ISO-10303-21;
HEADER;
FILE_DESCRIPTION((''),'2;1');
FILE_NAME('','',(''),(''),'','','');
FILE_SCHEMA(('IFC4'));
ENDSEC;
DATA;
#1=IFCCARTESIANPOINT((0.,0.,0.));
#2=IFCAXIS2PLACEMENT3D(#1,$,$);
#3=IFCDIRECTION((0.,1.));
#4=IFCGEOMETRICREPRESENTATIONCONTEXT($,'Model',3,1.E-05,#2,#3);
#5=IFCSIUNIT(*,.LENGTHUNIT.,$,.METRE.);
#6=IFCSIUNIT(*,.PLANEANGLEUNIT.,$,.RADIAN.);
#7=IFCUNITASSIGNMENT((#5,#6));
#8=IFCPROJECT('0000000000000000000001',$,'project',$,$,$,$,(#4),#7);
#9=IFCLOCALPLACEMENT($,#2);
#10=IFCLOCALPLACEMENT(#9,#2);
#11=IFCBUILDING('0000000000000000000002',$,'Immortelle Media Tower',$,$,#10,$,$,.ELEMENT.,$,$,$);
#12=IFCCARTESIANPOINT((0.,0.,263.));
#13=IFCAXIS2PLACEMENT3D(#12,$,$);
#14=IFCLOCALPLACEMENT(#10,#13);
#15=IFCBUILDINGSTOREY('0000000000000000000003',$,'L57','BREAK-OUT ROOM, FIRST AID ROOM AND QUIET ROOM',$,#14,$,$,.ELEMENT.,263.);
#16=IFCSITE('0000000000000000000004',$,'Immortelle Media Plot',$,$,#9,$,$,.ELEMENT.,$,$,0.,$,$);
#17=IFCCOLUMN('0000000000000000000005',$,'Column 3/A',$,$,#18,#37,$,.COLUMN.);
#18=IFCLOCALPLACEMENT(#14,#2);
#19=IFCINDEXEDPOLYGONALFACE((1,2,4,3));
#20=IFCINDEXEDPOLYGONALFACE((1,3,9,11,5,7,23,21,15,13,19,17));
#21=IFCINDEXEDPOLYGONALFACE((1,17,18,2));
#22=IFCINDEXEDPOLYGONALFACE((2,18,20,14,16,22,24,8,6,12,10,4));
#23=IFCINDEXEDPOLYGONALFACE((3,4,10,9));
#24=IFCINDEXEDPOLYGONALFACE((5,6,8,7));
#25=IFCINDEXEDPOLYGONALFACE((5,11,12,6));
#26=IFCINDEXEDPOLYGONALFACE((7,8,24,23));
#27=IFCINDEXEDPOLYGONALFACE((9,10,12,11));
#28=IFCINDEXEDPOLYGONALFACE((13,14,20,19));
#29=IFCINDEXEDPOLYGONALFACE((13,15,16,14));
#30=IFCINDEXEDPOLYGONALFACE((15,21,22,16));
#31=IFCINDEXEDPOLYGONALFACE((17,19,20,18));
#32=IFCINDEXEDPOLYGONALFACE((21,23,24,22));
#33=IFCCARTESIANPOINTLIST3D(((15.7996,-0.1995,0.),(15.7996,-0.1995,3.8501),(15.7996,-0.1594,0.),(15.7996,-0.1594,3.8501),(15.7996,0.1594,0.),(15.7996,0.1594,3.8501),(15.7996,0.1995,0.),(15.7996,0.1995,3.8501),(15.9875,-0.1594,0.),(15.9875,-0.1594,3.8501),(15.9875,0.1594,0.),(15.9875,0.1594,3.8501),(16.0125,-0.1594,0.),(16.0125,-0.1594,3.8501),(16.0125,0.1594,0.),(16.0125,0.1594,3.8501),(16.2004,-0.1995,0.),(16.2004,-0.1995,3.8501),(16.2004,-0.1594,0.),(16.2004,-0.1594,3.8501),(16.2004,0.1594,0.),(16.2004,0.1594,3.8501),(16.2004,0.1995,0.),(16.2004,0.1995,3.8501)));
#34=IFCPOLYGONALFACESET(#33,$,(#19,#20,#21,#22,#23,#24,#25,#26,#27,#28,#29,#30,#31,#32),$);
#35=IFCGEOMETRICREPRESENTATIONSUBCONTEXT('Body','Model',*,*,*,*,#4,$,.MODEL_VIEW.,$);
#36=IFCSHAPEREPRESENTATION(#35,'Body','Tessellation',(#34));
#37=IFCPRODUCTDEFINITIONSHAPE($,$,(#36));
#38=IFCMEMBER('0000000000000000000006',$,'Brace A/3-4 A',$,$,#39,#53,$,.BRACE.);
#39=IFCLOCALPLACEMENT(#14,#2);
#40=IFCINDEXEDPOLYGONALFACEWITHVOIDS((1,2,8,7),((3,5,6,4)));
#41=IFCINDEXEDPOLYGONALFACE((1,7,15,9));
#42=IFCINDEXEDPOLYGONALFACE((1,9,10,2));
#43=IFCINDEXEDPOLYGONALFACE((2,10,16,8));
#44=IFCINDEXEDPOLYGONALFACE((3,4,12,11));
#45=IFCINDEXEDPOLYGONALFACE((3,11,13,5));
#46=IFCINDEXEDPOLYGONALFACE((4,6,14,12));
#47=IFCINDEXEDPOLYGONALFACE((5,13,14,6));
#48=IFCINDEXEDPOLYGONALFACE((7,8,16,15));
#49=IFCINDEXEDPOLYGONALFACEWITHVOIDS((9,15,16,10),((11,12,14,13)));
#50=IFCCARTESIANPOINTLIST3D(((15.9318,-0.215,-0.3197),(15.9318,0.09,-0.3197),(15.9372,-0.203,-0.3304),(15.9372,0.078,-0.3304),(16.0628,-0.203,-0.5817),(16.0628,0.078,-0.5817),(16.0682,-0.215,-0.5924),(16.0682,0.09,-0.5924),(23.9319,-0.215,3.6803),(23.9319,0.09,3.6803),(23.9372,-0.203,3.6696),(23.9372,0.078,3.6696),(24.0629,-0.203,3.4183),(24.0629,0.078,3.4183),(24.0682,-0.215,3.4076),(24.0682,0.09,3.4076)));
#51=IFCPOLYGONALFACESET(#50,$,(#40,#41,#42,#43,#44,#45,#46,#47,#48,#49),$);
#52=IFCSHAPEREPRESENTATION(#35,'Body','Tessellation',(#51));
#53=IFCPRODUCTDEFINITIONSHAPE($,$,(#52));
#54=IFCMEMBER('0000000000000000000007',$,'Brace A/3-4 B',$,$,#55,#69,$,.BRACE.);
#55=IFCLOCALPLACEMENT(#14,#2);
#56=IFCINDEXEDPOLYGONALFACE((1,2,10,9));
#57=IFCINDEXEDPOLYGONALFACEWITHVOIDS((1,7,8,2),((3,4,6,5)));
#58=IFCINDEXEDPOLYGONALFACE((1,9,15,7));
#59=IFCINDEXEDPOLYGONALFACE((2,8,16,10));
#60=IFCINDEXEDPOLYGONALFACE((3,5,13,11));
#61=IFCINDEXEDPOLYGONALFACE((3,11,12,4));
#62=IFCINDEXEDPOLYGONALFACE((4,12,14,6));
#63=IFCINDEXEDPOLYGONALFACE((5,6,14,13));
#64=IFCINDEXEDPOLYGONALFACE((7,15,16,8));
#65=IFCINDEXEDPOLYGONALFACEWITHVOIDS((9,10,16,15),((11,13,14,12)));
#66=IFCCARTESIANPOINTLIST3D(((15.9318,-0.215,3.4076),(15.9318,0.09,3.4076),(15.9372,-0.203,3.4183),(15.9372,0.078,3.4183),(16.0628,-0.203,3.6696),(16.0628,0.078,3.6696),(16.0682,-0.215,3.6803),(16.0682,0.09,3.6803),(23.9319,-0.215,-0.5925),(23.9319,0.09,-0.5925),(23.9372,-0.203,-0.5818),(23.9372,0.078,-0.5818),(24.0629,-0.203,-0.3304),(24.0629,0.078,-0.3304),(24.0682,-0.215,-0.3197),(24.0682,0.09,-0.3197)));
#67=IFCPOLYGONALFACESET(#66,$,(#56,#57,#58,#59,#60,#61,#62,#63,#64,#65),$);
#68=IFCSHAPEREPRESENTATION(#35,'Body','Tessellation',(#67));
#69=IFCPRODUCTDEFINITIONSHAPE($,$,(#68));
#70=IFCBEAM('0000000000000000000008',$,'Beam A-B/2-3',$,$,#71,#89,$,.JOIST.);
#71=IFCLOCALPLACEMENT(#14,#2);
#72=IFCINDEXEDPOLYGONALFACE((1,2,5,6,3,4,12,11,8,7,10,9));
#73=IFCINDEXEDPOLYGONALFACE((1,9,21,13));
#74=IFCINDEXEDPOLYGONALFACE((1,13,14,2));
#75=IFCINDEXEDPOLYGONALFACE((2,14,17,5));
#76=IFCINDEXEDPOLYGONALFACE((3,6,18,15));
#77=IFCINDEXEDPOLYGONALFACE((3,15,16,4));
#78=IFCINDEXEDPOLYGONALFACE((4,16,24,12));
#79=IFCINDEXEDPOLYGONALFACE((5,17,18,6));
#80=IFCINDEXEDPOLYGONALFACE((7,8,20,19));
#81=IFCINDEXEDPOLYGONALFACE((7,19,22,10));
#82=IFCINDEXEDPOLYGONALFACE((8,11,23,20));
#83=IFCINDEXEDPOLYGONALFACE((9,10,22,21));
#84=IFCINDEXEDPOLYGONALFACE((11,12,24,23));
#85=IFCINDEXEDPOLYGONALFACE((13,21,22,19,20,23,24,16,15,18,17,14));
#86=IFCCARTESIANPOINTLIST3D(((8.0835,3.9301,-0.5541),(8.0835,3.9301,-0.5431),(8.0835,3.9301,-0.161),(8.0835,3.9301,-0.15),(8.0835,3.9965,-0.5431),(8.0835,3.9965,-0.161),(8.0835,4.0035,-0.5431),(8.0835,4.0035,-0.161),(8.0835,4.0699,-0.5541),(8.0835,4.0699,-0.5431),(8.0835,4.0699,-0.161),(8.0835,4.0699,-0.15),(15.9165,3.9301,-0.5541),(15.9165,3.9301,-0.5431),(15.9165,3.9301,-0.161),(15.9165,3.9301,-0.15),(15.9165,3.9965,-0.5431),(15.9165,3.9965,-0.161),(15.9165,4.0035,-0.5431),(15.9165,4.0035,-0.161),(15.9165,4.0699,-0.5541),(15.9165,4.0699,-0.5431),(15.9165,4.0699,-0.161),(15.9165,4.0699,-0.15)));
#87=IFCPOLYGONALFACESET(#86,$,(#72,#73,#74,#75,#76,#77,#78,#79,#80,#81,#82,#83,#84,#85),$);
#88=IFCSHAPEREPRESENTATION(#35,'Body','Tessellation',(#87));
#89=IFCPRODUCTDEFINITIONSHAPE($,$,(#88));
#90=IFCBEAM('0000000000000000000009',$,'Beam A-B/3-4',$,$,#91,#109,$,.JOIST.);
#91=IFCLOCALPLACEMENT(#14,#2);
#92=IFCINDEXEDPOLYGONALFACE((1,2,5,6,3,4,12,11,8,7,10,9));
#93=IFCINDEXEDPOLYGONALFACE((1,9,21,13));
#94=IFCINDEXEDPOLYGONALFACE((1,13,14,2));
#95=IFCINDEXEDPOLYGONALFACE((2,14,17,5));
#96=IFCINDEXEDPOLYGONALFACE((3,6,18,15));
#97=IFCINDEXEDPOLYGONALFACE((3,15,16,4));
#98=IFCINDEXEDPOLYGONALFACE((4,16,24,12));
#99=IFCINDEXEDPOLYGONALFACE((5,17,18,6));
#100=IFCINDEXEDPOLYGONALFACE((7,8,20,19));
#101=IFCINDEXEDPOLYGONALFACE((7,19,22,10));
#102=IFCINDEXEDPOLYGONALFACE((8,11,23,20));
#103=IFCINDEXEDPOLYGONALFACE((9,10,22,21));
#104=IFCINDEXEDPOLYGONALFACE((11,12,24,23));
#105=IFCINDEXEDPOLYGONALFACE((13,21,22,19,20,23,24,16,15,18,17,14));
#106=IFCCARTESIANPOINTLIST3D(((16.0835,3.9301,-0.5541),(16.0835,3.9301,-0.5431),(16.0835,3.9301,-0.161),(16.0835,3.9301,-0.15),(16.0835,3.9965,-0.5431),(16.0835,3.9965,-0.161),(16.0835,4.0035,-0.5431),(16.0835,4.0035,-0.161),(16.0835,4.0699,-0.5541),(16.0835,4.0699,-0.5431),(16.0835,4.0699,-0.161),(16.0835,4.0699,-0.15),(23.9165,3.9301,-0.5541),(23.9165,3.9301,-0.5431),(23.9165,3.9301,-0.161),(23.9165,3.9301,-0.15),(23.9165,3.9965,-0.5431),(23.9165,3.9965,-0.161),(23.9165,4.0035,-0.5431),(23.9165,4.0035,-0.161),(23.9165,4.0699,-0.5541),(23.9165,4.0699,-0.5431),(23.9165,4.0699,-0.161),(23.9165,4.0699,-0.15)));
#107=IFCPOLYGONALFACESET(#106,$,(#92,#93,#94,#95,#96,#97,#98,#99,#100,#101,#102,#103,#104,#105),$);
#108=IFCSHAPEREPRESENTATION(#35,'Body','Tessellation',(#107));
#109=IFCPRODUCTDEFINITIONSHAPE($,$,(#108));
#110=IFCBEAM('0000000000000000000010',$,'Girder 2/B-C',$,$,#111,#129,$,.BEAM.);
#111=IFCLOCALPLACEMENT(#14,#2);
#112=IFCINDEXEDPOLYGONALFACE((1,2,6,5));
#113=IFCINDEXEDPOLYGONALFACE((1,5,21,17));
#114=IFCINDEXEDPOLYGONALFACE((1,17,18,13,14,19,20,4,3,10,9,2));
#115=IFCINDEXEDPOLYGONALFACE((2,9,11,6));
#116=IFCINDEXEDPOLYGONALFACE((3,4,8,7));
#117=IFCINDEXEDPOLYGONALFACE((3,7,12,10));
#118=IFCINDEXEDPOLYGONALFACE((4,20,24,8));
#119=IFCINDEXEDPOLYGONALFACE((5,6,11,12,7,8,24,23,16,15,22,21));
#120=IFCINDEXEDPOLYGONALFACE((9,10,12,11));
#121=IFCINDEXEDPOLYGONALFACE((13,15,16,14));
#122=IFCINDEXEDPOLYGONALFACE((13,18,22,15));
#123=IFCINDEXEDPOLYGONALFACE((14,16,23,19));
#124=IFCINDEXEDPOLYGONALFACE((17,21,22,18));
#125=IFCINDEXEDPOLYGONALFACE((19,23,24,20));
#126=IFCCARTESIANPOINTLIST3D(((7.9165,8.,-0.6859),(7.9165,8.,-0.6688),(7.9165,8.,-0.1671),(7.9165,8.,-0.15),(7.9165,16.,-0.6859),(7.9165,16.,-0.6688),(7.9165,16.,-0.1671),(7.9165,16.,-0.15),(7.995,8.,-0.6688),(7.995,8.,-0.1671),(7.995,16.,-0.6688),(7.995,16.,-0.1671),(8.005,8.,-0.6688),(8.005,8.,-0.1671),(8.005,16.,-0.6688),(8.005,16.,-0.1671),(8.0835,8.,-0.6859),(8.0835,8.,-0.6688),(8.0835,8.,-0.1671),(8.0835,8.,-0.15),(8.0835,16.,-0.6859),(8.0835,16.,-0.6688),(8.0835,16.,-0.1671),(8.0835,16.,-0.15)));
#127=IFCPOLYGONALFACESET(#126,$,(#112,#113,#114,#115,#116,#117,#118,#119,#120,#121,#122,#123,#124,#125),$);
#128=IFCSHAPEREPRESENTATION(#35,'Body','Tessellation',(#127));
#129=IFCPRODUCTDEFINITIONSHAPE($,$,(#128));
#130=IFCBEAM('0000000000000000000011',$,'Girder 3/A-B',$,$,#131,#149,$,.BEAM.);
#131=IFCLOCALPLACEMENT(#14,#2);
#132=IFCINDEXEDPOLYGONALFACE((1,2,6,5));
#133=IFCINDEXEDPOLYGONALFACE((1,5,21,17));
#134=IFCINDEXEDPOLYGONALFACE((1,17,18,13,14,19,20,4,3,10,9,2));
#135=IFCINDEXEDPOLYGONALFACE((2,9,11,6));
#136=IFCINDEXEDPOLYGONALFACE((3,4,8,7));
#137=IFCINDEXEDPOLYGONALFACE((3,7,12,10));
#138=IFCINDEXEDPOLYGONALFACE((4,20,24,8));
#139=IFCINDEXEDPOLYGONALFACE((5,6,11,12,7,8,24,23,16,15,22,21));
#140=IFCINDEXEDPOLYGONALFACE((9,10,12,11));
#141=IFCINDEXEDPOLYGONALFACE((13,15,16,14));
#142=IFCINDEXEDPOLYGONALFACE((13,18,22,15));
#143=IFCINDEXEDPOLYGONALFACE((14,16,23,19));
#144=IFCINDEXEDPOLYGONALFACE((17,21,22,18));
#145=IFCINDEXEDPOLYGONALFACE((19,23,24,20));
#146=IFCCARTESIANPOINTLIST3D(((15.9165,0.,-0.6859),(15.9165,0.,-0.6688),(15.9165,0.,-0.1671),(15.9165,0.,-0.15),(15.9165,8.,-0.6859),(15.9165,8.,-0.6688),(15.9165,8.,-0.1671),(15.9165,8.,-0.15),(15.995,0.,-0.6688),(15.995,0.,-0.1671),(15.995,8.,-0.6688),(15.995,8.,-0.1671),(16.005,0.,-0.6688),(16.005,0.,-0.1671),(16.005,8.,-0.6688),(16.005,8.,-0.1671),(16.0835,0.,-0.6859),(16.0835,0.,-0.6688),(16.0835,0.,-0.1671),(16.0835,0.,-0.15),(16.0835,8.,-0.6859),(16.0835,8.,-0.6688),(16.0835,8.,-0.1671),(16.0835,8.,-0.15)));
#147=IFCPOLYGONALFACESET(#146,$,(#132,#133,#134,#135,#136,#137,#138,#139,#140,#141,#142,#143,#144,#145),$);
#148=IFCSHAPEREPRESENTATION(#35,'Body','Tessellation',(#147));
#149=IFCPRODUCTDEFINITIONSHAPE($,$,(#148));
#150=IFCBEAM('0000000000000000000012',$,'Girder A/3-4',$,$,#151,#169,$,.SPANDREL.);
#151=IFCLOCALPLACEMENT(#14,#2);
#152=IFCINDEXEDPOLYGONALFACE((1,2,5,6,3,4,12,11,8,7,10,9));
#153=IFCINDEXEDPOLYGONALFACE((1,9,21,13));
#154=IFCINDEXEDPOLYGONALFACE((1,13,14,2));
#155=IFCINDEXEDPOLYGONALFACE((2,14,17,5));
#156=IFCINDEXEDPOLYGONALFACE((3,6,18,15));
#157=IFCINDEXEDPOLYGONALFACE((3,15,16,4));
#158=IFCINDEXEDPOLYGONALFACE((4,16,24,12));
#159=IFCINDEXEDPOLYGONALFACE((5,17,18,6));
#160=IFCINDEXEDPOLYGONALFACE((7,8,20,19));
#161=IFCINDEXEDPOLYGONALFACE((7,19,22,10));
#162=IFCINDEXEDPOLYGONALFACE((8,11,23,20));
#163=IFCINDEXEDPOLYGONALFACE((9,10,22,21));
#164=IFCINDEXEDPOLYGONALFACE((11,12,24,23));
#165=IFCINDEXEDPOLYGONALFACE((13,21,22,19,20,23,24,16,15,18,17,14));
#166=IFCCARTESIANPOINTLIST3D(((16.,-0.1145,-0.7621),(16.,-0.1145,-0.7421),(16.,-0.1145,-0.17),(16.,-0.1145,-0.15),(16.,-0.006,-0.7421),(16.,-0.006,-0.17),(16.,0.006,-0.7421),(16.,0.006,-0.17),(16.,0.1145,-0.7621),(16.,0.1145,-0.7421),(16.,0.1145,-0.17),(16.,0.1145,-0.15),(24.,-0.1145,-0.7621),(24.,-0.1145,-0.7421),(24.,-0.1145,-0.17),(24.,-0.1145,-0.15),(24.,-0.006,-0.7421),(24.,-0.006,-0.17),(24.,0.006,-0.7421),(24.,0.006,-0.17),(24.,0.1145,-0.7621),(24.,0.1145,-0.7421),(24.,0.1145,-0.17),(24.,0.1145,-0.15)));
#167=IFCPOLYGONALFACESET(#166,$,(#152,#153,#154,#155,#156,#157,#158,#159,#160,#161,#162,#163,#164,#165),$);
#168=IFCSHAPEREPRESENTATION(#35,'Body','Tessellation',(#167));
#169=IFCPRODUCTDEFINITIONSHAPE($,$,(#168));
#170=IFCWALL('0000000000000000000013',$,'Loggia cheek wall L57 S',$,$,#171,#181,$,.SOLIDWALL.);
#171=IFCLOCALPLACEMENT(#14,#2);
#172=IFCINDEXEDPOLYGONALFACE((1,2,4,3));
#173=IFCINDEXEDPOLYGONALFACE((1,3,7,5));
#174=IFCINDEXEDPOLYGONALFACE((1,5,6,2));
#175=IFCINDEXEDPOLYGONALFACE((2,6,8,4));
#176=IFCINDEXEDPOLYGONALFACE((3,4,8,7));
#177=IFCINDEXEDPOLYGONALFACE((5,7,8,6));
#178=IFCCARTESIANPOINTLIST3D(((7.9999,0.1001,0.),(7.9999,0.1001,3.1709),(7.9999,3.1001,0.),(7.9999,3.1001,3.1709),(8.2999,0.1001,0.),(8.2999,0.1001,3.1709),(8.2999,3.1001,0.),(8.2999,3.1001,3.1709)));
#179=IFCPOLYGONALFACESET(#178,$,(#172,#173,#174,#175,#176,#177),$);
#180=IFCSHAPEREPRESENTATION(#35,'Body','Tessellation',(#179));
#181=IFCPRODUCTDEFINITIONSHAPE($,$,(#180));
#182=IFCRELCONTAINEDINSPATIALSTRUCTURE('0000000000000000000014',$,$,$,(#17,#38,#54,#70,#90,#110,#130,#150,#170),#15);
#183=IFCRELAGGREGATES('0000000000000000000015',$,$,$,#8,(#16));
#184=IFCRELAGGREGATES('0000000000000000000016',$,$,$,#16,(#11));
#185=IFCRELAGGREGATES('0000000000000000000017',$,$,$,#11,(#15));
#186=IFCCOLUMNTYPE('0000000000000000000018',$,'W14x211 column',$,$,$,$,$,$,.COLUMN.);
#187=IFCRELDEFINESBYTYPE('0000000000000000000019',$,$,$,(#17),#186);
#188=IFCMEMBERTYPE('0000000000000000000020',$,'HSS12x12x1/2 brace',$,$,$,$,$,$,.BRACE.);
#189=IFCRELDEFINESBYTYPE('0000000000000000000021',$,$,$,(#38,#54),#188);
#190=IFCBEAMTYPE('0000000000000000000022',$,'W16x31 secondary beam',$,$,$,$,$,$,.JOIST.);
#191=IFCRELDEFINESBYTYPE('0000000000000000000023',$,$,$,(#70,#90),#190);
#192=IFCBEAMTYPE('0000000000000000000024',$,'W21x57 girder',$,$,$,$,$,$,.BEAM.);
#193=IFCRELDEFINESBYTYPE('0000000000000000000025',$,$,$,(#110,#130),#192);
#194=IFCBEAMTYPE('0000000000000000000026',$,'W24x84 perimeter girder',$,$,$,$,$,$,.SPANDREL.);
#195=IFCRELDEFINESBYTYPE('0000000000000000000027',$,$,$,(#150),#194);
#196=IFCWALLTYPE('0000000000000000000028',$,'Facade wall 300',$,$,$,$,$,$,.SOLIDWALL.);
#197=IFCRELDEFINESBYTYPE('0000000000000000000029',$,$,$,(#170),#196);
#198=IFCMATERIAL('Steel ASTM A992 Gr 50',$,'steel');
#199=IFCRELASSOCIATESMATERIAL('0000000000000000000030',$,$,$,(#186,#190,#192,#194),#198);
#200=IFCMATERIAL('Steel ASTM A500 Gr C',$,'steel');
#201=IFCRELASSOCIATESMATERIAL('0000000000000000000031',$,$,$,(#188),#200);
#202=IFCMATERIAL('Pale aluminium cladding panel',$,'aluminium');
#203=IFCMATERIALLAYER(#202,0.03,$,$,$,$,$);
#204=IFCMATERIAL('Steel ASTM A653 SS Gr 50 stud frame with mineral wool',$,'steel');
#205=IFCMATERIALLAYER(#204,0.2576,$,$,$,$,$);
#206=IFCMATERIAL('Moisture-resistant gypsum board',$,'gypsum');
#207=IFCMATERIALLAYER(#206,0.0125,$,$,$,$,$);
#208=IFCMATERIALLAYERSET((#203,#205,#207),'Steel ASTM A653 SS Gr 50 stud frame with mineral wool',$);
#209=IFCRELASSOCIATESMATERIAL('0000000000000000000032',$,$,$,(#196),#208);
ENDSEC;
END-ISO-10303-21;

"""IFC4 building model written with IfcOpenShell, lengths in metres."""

from ifc_helpers import new_model, si_unit, direction, frame, frame_2d, origin, origin_2d, place, context, subcontext, project, spatial, rectangle, hollow_rectangle, i_section, extrude, material, layer, layer_set, material_profile, profile_set, type_object, element, save


model = new_model("IFC4")

# Units and contexts
model_context = context("Model", 3, precision=1e-05, world=origin(), true_north=direction((0.0, 1.0)))
body_context = subcontext(model_context, "Body", "Model", "MODEL_VIEW")
ifc_project = project(units=[si_unit("LENGTHUNIT", "METRE"), si_unit("PLANEANGLEUNIT", "RADIAN")], contexts=[model_context])

# Site, building, storey
site_placement = place(None, origin())
site = spatial("IfcSite", under=ifc_project, at=site_placement, Name="Immortelle Media Plot", CompositionType="ELEMENT", RefElevation=0.0)
building_placement = place(site_placement, origin())
building = spatial("IfcBuilding", under=site, at=building_placement, Name="Immortelle Media Tower", CompositionType="ELEMENT")
storey_placement = place(building_placement, frame((0.0, 0.0, 263.0)))
storey = spatial("IfcBuildingStorey", under=building, at=storey_placement, Name="L57", Description="BREAK-OUT ROOM, FIRST AID ROOM AND QUIET ROOM", CompositionType="ELEMENT", Elevation=263.0)

# Column
ifc_material_1 = material(Name="Steel ASTM A992 Gr 50", Category="steel")
ifc_material_profile_1 = material_profile(ifc_material_1, i_section(OverallWidth=0.4009, OverallDepth=0.3989, WebThickness=0.0249, FlangeThickness=0.04, at=origin_2d()), Name="W14x211")
ifc_profile_set_1 = profile_set([ifc_material_profile_1], Name="Steel ASTM A992 Gr 50")
column_type = type_object("IfcColumnType", Name="W14x211 column", PredefinedType="COLUMN", material=ifc_profile_set_1)
column_placement = place(storey_placement, frame((16.0, 0.0, 0.0), z_axis=(0.0, 0.0, 1.0), x_axis=(1.0, 0.0, 0.0)))
element("IfcColumn", 1, at=column_placement, inside=storey, type_object=column_type, Name="Column 3/A", PredefinedType="COLUMN", context=body_context, shape_type="SweptSolid", body=[
    extrude(i_section(OverallWidth=0.4009, OverallDepth=0.3989, WebThickness=0.0249, FlangeThickness=0.04, at=origin_2d()), origin(), (0.0, 0.0, 1.0), 3.8501),
])

# Members
ifc_material_2 = material(Name="Steel ASTM A500 Gr C", Category="steel")
ifc_material_profile_2 = material_profile(ifc_material_2, hollow_rectangle(XDim=0.3049, YDim=0.3049, WallThickness=0.012, at=origin_2d()), Name="HSS12x12x1/2 brace")
ifc_profile_set_2 = profile_set([ifc_material_profile_2], Name="Steel ASTM A500 Gr C")
member_type = type_object("IfcMemberType", Name="HSS12x12x1/2 brace", PredefinedType="BRACE", material=ifc_profile_set_2)
for number, where, z_axis, x_axis, name in (
    (2, (16.0, -0.0625, -0.4561), (0.894427, 0.0, 0.447214), (0.0, 1.0, 0.0), "Brace A/3-4 A"),
    (3, (16.0, -0.0625, 3.5439), (0.894427, 0.0, -0.447214), (0.0, 1.0, 0.0), "Brace A/3-4 B"),
):
    element("IfcMember", number, at=place(storey_placement, frame(where, z_axis=z_axis, x_axis=x_axis)), inside=storey, type_object=member_type, Name=name, PredefinedType="BRACE", context=body_context, shape_type="SweptSolid", body=[
        extrude(hollow_rectangle(XDim=0.3049, YDim=0.3049, WallThickness=0.012, at=origin_2d()), origin(), (0.0, 0.0, 1.0), 8.9443),
    ])

# Beams
ifc_material_profile_3 = material_profile(ifc_material_1, i_section(OverallWidth=0.1399, OverallDepth=0.4041, WebThickness=0.0071, FlangeThickness=0.011, at=origin_2d()), Name="W16x31")
ifc_profile_set_3 = profile_set([ifc_material_profile_3], Name="Steel ASTM A992 Gr 50")
beam_type_1 = type_object("IfcBeamType", Name="W16x31 secondary beam", PredefinedType="JOIST", material=ifc_profile_set_3)
for number, where, z_axis, x_axis, name in (
    (4, (8.0835, 4.0, -0.3521), (1.0, 0.0, 0.0), (0.0, 1.0, 0.0), "Beam A-B/2-3"),
    (5, (16.0835, 4.0, -0.3521), (1.0, 0.0, 0.0), (0.0, 1.0, 0.0), "Beam A-B/3-4"),
):
    element("IfcBeam", number, at=place(storey_placement, frame(where, z_axis=z_axis, x_axis=x_axis)), inside=storey, type_object=beam_type_1, Name=name, PredefinedType="JOIST", context=body_context, shape_type="SweptSolid", body=[
        extrude(i_section(OverallWidth=0.1399, OverallDepth=0.4041, WebThickness=0.0071, FlangeThickness=0.011, at=origin_2d()), origin(), (0.0, 0.0, 1.0), 7.833),
    ])
ifc_material_profile_4 = material_profile(ifc_material_1, i_section(OverallWidth=0.167, OverallDepth=0.5359, WebThickness=0.01, FlangeThickness=0.0171, at=origin_2d()), Name="W21x57")
ifc_profile_set_4 = profile_set([ifc_material_profile_4], Name="Steel ASTM A992 Gr 50")
beam_type_2 = type_object("IfcBeamType", Name="W21x57 girder", PredefinedType="BEAM", material=ifc_profile_set_4)
for number, where, z_axis, x_axis, name in (
    (6, (8.0, 8.0, -0.418), (0.0, 1.0, 0.0), (-1.0, 0.0, 0.0), "Girder 2/B-C"),
    (7, (16.0, 0.0, -0.418), (0.0, 1.0, 0.0), (-1.0, 0.0, 0.0), "Girder 3/A-B"),
):
    element("IfcBeam", number, at=place(storey_placement, frame(where, z_axis=z_axis, x_axis=x_axis)), inside=storey, type_object=beam_type_2, Name=name, PredefinedType="BEAM", context=body_context, shape_type="SweptSolid", body=[
        extrude(i_section(OverallWidth=0.167, OverallDepth=0.5359, WebThickness=0.01, FlangeThickness=0.0171, at=origin_2d()), origin(), (0.0, 0.0, 1.0), 8.0),
    ])
ifc_material_profile_5 = material_profile(ifc_material_1, i_section(OverallWidth=0.229, OverallDepth=0.6121, WebThickness=0.012, FlangeThickness=0.02, at=origin_2d()), Name="W24x84")
ifc_profile_set_5 = profile_set([ifc_material_profile_5], Name="Steel ASTM A992 Gr 50")
beam_type_3 = type_object("IfcBeamType", Name="W24x84 perimeter girder", PredefinedType="SPANDREL", material=ifc_profile_set_5)
beam_placement = place(storey_placement, frame((16.0, 0.0, -0.4561), z_axis=(1.0, 0.0, 0.0), x_axis=(0.0, 1.0, 0.0)))
element("IfcBeam", 8, at=beam_placement, inside=storey, type_object=beam_type_3, Name="Girder A/3-4", PredefinedType="SPANDREL", context=body_context, shape_type="SweptSolid", body=[
    extrude(i_section(OverallWidth=0.229, OverallDepth=0.6121, WebThickness=0.012, FlangeThickness=0.02, at=origin_2d()), origin(), (0.0, 0.0, 1.0), 8.0),
])

# Shared definitions
ifc_material_3 = material(Name="Pale aluminium cladding panel", Category="aluminium")
ifc_layer_1 = layer(ifc_material_3, 0.03)
ifc_material_4 = material(Name="Steel ASTM A653 SS Gr 50 stud frame with mineral wool", Category="steel")
ifc_layer_2 = layer(ifc_material_4, 0.2576)
ifc_material_5 = material(Name="Moisture-resistant gypsum board", Category="gypsum")
ifc_layer_3 = layer(ifc_material_5, 0.0125)
ifc_layer_set_1 = layer_set([ifc_layer_1, ifc_layer_2, ifc_layer_3], Name="Steel ASTM A653 SS Gr 50 stud frame with mineral wool")
wall_type_1 = type_object("IfcWallType", Name="Facade wall 300", PredefinedType="SOLIDWALL", material=ifc_layer_set_1)

# Wall
wall_1_placement = place(storey_placement, frame((8.1499, 0.1001, 0.0), z_axis=(0.0, 0.0, 1.0), x_axis=(0.0, 1.0, 0.0)))
element("IfcWall", 9, at=wall_1_placement, inside=storey, type_object=wall_type_1, Name="Loggia cheek wall L57 S", PredefinedType="SOLIDWALL", context=body_context, shape_type="SweptSolid", body=[
    extrude(rectangle(XDim=3.0, YDim=0.3, at=frame_2d((1.5, 0.0))), origin(), (0.0, 0.0, 1.0), 3.1709),
])

save(model, "model.ifc")
